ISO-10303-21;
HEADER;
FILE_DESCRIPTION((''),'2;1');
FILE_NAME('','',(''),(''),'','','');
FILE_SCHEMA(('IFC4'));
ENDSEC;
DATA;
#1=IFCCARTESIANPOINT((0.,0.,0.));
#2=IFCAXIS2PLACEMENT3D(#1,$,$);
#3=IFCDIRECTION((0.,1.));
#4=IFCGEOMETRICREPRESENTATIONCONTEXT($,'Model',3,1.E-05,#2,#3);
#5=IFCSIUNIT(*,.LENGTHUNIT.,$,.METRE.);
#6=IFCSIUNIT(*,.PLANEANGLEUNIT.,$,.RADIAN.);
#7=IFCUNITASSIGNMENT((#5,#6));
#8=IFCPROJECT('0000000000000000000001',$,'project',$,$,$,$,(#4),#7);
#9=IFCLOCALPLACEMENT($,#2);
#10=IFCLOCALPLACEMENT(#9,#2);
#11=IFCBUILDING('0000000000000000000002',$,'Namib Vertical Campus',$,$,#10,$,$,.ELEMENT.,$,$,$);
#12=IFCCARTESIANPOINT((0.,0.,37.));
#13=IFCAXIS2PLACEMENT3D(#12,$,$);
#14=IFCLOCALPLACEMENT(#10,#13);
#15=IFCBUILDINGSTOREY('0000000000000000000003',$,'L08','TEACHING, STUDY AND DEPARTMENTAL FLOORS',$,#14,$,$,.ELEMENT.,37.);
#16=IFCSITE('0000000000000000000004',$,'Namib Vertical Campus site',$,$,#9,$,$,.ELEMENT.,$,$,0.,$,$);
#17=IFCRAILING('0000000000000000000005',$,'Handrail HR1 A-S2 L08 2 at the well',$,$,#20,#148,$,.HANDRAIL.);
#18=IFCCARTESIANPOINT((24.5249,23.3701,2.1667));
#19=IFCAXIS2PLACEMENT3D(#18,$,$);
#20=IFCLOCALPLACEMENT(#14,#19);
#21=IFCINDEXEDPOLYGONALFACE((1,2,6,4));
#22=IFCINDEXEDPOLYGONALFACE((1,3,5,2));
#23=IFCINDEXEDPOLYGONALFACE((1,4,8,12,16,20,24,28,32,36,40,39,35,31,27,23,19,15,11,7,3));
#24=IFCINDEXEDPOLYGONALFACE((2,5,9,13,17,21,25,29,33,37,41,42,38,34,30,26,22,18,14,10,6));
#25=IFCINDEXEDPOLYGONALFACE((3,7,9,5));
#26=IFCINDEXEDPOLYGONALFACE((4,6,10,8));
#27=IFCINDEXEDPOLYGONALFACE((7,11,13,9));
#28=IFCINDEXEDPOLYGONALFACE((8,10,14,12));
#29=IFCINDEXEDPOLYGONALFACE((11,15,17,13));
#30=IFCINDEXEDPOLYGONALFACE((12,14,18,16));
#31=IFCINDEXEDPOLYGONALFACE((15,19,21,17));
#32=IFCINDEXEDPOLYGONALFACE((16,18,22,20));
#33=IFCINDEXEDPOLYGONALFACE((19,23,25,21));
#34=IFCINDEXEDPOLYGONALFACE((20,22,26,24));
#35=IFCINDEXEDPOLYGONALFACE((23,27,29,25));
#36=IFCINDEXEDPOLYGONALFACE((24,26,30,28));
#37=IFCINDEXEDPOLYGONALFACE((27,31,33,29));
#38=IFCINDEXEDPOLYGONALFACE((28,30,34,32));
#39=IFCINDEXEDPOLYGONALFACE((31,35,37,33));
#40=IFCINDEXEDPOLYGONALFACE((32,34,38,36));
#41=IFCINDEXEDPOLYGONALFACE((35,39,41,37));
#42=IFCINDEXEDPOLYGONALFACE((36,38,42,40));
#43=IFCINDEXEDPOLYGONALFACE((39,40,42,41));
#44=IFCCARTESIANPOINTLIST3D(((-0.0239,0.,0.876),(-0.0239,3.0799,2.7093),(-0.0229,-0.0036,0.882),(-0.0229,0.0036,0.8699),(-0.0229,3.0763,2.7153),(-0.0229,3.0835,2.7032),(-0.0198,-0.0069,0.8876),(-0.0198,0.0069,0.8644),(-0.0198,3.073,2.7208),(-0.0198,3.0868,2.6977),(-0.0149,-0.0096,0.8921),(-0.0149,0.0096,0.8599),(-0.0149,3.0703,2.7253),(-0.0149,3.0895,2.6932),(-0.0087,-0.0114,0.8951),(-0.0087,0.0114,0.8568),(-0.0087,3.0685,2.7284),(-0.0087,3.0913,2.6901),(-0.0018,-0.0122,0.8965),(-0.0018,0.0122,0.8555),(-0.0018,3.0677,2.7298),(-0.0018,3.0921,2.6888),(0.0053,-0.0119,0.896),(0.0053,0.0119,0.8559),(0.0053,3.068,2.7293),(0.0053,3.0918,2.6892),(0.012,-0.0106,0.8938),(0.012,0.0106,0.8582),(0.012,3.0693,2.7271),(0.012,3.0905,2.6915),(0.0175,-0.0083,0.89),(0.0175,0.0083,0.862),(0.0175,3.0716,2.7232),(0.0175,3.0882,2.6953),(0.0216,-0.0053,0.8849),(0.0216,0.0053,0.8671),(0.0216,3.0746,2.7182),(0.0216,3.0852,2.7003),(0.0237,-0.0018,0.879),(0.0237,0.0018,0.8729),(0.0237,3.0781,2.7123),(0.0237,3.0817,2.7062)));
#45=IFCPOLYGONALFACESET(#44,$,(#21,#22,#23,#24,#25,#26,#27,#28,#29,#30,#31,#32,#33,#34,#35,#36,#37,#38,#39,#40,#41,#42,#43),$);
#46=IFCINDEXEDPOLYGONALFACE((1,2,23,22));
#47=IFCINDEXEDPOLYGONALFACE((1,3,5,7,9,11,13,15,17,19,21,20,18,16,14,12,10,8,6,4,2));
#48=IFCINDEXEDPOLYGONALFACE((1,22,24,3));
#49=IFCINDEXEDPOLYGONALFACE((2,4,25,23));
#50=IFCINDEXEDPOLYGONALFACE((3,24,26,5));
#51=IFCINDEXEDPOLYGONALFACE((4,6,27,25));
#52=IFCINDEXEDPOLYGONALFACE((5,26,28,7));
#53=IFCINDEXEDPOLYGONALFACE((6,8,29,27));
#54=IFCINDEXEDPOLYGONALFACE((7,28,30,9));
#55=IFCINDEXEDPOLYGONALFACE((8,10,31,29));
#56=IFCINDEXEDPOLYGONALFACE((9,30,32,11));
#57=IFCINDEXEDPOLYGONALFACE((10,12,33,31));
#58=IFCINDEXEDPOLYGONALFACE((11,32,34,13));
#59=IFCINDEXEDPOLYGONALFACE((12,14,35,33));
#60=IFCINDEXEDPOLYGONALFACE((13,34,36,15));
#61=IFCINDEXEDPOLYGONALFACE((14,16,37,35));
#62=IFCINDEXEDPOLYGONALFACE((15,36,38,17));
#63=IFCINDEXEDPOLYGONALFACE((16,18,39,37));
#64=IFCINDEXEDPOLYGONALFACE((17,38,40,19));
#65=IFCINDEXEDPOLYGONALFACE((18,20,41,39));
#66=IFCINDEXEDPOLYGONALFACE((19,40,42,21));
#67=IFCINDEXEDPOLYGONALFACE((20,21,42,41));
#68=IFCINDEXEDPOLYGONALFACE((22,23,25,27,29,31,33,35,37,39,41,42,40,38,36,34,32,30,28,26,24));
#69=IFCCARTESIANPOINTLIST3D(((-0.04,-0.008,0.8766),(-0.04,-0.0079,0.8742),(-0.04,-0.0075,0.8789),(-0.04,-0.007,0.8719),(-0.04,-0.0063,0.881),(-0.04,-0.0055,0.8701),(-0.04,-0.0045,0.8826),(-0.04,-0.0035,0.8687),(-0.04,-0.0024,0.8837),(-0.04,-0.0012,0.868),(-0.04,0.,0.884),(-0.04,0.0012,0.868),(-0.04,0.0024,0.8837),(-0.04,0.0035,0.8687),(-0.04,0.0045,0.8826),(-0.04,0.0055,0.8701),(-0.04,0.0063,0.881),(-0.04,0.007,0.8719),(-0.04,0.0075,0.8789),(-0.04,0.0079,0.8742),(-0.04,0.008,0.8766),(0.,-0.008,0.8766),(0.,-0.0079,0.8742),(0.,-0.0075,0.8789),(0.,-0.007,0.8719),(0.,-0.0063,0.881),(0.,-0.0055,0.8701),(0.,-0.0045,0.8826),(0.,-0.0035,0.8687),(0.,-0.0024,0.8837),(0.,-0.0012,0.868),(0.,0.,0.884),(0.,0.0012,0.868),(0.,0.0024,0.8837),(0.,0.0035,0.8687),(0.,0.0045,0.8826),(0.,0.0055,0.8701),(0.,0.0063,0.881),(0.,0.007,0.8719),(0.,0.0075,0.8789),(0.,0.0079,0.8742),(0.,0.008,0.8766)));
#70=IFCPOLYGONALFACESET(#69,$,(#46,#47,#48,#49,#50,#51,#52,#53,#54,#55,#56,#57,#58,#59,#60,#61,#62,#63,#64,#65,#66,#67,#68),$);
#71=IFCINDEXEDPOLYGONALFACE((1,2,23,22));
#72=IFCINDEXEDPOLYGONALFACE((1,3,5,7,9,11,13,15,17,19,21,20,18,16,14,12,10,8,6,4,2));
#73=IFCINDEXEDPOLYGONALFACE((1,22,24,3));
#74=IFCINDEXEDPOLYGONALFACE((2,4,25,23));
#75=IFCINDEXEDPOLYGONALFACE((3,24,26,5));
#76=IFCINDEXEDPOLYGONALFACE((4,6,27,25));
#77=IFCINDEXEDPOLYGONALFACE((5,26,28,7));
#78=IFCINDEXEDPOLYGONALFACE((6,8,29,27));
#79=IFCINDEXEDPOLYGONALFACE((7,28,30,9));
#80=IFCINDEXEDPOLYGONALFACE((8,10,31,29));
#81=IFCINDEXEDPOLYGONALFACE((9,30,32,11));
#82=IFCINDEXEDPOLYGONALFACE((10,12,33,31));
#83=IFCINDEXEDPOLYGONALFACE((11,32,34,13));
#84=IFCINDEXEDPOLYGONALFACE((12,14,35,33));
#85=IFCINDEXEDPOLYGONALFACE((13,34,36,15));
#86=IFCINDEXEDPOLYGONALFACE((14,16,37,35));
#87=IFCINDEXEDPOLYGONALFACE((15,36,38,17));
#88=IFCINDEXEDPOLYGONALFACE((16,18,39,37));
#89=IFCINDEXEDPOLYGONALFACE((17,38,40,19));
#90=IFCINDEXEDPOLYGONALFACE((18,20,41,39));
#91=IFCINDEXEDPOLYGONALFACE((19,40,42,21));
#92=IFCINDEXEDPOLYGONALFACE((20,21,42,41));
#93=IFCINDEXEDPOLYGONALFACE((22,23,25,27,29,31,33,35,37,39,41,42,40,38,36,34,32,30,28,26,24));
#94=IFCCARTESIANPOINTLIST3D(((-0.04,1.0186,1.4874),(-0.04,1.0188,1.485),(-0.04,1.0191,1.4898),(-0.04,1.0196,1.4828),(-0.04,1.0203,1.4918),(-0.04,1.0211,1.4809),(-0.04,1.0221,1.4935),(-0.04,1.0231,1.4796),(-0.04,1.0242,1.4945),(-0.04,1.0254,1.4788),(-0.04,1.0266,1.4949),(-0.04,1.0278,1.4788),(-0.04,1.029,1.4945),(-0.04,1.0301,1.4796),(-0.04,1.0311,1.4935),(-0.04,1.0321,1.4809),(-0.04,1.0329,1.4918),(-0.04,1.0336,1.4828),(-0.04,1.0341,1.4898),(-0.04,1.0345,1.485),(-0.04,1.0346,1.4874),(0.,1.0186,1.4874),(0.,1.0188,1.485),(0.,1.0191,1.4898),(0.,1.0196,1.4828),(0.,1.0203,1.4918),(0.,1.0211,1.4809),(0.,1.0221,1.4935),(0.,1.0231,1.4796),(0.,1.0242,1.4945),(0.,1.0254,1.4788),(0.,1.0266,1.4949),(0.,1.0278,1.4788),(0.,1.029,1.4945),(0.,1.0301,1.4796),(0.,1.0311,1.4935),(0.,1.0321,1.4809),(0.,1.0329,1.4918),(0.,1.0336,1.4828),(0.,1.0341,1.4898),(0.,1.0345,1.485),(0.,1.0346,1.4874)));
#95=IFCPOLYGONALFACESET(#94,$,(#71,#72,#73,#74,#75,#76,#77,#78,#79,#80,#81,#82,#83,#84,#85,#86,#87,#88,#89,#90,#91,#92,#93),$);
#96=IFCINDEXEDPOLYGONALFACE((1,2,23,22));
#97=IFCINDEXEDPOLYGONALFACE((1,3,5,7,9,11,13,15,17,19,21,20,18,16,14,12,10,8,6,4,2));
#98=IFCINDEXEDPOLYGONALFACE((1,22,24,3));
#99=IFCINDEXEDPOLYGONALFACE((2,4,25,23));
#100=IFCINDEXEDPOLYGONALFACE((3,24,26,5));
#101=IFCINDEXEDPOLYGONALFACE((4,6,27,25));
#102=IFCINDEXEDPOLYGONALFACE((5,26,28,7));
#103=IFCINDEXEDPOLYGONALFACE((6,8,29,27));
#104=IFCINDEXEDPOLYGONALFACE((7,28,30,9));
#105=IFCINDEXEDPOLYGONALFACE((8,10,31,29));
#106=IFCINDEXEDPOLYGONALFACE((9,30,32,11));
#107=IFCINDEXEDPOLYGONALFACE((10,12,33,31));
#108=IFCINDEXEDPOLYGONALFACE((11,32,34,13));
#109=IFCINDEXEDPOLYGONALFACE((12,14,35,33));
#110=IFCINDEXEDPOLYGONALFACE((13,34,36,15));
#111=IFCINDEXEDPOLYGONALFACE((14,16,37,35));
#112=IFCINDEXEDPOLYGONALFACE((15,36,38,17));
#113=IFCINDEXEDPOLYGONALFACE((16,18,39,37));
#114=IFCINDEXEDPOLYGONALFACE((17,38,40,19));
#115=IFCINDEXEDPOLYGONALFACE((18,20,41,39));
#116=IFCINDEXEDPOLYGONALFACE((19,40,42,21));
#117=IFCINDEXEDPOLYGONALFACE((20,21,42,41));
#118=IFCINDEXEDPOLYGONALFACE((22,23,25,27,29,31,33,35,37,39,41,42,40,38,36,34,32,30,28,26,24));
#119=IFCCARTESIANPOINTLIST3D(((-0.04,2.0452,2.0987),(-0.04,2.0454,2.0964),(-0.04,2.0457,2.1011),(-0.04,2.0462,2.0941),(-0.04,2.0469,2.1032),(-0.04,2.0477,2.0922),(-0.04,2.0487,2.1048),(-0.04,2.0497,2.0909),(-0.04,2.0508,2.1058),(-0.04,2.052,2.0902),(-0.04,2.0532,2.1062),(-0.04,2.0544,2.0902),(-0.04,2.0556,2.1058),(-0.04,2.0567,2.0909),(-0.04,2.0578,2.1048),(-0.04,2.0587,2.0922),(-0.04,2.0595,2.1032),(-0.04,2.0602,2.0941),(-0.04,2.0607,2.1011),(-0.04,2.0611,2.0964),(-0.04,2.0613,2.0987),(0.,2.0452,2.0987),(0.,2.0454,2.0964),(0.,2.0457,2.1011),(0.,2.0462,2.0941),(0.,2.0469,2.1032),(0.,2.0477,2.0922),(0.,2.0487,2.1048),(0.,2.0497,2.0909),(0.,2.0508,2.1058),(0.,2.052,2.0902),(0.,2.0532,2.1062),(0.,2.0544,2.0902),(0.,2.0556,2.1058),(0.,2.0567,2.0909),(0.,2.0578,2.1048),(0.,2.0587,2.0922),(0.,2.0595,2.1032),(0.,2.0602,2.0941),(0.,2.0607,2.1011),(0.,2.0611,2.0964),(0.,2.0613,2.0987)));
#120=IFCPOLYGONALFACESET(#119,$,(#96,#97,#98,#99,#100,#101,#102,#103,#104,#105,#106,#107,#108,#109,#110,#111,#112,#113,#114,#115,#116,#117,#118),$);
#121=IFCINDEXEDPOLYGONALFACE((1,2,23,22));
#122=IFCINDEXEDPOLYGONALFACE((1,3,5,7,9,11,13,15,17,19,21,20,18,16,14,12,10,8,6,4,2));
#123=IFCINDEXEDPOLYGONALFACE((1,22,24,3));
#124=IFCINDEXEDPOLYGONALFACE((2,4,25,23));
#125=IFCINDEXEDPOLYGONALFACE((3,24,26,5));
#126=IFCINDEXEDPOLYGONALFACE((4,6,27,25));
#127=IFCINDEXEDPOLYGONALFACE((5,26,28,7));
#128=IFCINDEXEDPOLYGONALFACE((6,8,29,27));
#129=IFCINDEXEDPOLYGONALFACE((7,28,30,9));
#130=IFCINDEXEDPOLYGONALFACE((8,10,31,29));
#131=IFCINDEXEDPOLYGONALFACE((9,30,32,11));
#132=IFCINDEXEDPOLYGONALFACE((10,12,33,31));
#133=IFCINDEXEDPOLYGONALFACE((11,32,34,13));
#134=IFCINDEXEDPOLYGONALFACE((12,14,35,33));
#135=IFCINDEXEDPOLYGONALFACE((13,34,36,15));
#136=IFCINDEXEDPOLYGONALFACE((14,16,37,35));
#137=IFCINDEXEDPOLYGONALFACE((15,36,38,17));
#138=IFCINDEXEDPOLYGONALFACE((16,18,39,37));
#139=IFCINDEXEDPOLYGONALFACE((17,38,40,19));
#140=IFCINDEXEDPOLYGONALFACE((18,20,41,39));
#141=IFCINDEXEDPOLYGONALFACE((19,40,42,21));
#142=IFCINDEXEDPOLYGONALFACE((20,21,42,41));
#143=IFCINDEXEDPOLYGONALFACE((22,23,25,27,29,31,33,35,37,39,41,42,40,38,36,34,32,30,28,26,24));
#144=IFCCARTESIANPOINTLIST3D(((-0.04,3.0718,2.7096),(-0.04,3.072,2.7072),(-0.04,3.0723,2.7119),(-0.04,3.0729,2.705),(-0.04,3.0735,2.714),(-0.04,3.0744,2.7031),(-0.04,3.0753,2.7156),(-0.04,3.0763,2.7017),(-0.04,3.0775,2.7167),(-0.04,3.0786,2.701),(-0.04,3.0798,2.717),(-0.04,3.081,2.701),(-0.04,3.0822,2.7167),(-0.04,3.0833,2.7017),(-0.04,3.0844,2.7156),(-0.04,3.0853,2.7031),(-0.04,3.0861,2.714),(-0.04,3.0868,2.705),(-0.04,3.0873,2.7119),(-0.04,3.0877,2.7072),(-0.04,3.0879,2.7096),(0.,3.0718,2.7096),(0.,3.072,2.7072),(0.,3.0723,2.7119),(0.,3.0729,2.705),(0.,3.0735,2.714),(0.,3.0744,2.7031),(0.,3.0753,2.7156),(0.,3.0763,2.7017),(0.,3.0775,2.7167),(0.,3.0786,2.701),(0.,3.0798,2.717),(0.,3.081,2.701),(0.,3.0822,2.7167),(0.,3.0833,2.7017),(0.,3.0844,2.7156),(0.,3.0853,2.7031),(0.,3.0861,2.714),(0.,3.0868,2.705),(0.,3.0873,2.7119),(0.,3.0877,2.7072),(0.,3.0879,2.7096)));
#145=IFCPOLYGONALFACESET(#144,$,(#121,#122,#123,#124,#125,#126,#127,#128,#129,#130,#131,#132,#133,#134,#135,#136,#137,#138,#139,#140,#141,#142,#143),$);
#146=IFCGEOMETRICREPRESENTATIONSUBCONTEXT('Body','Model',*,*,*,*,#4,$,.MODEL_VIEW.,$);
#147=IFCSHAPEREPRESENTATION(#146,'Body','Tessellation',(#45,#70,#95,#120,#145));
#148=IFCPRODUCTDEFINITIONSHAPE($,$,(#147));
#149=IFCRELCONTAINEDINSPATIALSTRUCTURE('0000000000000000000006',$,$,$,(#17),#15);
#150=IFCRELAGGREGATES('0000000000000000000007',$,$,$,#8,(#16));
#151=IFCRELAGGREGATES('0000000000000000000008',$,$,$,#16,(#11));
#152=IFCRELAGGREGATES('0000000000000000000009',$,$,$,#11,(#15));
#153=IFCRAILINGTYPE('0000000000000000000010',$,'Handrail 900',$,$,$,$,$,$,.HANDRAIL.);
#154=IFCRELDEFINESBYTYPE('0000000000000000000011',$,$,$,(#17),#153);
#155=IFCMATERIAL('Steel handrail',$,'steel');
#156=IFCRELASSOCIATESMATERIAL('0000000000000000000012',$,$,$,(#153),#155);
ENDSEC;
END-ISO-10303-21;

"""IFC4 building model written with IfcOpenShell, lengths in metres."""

from ifc_helpers import new_model, si_unit, direction, frame, origin, origin_2d, place, context, subcontext, project, spatial, circle, extrude, material, type_object, element, save


model = new_model("IFC4")

# Units and contexts
model_context = context("Model", 3, precision=1e-05, world=origin(), true_north=direction((0.0, 1.0)))
body_context = subcontext(model_context, "Body", "Model", "MODEL_VIEW")
ifc_project = project(units=[si_unit("LENGTHUNIT", "METRE"), si_unit("PLANEANGLEUNIT", "RADIAN")], contexts=[model_context])

# Site, building, storey
site_placement = place(None, origin())
site = spatial("IfcSite", under=ifc_project, at=site_placement, Name="Namib Vertical Campus site", CompositionType="ELEMENT", RefElevation=0.0)
building_placement = place(site_placement, origin())
building = spatial("IfcBuilding", under=site, at=building_placement, Name="Namib Vertical Campus", CompositionType="ELEMENT")
storey_placement = place(building_placement, frame((0.0, 0.0, 37.0)))
storey = spatial("IfcBuildingStorey", under=building, at=storey_placement, Name="L08", Description="TEACHING, STUDY AND DEPARTMENTAL FLOORS", CompositionType="ELEMENT", Elevation=37.0)

# Railing
ifc_material_1 = material(Name="Steel handrail", Category="steel")
railing_type_1 = type_object("IfcRailingType", Name="Handrail 900", PredefinedType="HANDRAIL", material=ifc_material_1)
railing_1_placement = place(storey_placement, frame((24.5249, 23.3701, 2.1667)))
element("IfcRailing", 1, at=railing_1_placement, inside=storey, type_object=railing_type_1, Name="Handrail HR1 A-S2 L08 2 at the well", PredefinedType="HANDRAIL", context=body_context, shape_type="SweptSolid", body=[
    extrude(circle(Radius=0.0239, at=origin_2d()), frame((0.0, 0.0, 0.876), z_axis=(0.0, 0.859291, 0.511487), x_axis=(-1.0, 0.0, 0.0)), (0.0, 0.0, 1.0), 3.5842),
    extrude(circle(Radius=0.0081, at=origin_2d()), frame((0.0, 0.0, 0.876), z_axis=(-1.0, 0.0, 0.0), x_axis=(0.0, 0.0, 1.0)), (0.0, 0.0, 1.0), 0.04),
    extrude(circle(Radius=0.0081, at=origin_2d()), frame((0.0, 1.0266, 1.4868), z_axis=(-1.0, 0.0, 0.0), x_axis=(0.0, 0.0, 1.0)), (0.0, 0.0, 1.0), 0.04),
    extrude(circle(Radius=0.0081, at=origin_2d()), frame((0.0, 2.0532, 2.0981), z_axis=(-1.0, 0.0, 0.0), x_axis=(0.0, 0.0, 1.0)), (0.0, 0.0, 1.0), 0.04),
    extrude(circle(Radius=0.0081, at=origin_2d()), frame((0.0, 3.0798, 2.709), z_axis=(-1.0, 0.0, 0.0), x_axis=(0.0, 0.0, 1.0)), (0.0, 0.0, 1.0), 0.04),
])

save(model, "model.ifc")
